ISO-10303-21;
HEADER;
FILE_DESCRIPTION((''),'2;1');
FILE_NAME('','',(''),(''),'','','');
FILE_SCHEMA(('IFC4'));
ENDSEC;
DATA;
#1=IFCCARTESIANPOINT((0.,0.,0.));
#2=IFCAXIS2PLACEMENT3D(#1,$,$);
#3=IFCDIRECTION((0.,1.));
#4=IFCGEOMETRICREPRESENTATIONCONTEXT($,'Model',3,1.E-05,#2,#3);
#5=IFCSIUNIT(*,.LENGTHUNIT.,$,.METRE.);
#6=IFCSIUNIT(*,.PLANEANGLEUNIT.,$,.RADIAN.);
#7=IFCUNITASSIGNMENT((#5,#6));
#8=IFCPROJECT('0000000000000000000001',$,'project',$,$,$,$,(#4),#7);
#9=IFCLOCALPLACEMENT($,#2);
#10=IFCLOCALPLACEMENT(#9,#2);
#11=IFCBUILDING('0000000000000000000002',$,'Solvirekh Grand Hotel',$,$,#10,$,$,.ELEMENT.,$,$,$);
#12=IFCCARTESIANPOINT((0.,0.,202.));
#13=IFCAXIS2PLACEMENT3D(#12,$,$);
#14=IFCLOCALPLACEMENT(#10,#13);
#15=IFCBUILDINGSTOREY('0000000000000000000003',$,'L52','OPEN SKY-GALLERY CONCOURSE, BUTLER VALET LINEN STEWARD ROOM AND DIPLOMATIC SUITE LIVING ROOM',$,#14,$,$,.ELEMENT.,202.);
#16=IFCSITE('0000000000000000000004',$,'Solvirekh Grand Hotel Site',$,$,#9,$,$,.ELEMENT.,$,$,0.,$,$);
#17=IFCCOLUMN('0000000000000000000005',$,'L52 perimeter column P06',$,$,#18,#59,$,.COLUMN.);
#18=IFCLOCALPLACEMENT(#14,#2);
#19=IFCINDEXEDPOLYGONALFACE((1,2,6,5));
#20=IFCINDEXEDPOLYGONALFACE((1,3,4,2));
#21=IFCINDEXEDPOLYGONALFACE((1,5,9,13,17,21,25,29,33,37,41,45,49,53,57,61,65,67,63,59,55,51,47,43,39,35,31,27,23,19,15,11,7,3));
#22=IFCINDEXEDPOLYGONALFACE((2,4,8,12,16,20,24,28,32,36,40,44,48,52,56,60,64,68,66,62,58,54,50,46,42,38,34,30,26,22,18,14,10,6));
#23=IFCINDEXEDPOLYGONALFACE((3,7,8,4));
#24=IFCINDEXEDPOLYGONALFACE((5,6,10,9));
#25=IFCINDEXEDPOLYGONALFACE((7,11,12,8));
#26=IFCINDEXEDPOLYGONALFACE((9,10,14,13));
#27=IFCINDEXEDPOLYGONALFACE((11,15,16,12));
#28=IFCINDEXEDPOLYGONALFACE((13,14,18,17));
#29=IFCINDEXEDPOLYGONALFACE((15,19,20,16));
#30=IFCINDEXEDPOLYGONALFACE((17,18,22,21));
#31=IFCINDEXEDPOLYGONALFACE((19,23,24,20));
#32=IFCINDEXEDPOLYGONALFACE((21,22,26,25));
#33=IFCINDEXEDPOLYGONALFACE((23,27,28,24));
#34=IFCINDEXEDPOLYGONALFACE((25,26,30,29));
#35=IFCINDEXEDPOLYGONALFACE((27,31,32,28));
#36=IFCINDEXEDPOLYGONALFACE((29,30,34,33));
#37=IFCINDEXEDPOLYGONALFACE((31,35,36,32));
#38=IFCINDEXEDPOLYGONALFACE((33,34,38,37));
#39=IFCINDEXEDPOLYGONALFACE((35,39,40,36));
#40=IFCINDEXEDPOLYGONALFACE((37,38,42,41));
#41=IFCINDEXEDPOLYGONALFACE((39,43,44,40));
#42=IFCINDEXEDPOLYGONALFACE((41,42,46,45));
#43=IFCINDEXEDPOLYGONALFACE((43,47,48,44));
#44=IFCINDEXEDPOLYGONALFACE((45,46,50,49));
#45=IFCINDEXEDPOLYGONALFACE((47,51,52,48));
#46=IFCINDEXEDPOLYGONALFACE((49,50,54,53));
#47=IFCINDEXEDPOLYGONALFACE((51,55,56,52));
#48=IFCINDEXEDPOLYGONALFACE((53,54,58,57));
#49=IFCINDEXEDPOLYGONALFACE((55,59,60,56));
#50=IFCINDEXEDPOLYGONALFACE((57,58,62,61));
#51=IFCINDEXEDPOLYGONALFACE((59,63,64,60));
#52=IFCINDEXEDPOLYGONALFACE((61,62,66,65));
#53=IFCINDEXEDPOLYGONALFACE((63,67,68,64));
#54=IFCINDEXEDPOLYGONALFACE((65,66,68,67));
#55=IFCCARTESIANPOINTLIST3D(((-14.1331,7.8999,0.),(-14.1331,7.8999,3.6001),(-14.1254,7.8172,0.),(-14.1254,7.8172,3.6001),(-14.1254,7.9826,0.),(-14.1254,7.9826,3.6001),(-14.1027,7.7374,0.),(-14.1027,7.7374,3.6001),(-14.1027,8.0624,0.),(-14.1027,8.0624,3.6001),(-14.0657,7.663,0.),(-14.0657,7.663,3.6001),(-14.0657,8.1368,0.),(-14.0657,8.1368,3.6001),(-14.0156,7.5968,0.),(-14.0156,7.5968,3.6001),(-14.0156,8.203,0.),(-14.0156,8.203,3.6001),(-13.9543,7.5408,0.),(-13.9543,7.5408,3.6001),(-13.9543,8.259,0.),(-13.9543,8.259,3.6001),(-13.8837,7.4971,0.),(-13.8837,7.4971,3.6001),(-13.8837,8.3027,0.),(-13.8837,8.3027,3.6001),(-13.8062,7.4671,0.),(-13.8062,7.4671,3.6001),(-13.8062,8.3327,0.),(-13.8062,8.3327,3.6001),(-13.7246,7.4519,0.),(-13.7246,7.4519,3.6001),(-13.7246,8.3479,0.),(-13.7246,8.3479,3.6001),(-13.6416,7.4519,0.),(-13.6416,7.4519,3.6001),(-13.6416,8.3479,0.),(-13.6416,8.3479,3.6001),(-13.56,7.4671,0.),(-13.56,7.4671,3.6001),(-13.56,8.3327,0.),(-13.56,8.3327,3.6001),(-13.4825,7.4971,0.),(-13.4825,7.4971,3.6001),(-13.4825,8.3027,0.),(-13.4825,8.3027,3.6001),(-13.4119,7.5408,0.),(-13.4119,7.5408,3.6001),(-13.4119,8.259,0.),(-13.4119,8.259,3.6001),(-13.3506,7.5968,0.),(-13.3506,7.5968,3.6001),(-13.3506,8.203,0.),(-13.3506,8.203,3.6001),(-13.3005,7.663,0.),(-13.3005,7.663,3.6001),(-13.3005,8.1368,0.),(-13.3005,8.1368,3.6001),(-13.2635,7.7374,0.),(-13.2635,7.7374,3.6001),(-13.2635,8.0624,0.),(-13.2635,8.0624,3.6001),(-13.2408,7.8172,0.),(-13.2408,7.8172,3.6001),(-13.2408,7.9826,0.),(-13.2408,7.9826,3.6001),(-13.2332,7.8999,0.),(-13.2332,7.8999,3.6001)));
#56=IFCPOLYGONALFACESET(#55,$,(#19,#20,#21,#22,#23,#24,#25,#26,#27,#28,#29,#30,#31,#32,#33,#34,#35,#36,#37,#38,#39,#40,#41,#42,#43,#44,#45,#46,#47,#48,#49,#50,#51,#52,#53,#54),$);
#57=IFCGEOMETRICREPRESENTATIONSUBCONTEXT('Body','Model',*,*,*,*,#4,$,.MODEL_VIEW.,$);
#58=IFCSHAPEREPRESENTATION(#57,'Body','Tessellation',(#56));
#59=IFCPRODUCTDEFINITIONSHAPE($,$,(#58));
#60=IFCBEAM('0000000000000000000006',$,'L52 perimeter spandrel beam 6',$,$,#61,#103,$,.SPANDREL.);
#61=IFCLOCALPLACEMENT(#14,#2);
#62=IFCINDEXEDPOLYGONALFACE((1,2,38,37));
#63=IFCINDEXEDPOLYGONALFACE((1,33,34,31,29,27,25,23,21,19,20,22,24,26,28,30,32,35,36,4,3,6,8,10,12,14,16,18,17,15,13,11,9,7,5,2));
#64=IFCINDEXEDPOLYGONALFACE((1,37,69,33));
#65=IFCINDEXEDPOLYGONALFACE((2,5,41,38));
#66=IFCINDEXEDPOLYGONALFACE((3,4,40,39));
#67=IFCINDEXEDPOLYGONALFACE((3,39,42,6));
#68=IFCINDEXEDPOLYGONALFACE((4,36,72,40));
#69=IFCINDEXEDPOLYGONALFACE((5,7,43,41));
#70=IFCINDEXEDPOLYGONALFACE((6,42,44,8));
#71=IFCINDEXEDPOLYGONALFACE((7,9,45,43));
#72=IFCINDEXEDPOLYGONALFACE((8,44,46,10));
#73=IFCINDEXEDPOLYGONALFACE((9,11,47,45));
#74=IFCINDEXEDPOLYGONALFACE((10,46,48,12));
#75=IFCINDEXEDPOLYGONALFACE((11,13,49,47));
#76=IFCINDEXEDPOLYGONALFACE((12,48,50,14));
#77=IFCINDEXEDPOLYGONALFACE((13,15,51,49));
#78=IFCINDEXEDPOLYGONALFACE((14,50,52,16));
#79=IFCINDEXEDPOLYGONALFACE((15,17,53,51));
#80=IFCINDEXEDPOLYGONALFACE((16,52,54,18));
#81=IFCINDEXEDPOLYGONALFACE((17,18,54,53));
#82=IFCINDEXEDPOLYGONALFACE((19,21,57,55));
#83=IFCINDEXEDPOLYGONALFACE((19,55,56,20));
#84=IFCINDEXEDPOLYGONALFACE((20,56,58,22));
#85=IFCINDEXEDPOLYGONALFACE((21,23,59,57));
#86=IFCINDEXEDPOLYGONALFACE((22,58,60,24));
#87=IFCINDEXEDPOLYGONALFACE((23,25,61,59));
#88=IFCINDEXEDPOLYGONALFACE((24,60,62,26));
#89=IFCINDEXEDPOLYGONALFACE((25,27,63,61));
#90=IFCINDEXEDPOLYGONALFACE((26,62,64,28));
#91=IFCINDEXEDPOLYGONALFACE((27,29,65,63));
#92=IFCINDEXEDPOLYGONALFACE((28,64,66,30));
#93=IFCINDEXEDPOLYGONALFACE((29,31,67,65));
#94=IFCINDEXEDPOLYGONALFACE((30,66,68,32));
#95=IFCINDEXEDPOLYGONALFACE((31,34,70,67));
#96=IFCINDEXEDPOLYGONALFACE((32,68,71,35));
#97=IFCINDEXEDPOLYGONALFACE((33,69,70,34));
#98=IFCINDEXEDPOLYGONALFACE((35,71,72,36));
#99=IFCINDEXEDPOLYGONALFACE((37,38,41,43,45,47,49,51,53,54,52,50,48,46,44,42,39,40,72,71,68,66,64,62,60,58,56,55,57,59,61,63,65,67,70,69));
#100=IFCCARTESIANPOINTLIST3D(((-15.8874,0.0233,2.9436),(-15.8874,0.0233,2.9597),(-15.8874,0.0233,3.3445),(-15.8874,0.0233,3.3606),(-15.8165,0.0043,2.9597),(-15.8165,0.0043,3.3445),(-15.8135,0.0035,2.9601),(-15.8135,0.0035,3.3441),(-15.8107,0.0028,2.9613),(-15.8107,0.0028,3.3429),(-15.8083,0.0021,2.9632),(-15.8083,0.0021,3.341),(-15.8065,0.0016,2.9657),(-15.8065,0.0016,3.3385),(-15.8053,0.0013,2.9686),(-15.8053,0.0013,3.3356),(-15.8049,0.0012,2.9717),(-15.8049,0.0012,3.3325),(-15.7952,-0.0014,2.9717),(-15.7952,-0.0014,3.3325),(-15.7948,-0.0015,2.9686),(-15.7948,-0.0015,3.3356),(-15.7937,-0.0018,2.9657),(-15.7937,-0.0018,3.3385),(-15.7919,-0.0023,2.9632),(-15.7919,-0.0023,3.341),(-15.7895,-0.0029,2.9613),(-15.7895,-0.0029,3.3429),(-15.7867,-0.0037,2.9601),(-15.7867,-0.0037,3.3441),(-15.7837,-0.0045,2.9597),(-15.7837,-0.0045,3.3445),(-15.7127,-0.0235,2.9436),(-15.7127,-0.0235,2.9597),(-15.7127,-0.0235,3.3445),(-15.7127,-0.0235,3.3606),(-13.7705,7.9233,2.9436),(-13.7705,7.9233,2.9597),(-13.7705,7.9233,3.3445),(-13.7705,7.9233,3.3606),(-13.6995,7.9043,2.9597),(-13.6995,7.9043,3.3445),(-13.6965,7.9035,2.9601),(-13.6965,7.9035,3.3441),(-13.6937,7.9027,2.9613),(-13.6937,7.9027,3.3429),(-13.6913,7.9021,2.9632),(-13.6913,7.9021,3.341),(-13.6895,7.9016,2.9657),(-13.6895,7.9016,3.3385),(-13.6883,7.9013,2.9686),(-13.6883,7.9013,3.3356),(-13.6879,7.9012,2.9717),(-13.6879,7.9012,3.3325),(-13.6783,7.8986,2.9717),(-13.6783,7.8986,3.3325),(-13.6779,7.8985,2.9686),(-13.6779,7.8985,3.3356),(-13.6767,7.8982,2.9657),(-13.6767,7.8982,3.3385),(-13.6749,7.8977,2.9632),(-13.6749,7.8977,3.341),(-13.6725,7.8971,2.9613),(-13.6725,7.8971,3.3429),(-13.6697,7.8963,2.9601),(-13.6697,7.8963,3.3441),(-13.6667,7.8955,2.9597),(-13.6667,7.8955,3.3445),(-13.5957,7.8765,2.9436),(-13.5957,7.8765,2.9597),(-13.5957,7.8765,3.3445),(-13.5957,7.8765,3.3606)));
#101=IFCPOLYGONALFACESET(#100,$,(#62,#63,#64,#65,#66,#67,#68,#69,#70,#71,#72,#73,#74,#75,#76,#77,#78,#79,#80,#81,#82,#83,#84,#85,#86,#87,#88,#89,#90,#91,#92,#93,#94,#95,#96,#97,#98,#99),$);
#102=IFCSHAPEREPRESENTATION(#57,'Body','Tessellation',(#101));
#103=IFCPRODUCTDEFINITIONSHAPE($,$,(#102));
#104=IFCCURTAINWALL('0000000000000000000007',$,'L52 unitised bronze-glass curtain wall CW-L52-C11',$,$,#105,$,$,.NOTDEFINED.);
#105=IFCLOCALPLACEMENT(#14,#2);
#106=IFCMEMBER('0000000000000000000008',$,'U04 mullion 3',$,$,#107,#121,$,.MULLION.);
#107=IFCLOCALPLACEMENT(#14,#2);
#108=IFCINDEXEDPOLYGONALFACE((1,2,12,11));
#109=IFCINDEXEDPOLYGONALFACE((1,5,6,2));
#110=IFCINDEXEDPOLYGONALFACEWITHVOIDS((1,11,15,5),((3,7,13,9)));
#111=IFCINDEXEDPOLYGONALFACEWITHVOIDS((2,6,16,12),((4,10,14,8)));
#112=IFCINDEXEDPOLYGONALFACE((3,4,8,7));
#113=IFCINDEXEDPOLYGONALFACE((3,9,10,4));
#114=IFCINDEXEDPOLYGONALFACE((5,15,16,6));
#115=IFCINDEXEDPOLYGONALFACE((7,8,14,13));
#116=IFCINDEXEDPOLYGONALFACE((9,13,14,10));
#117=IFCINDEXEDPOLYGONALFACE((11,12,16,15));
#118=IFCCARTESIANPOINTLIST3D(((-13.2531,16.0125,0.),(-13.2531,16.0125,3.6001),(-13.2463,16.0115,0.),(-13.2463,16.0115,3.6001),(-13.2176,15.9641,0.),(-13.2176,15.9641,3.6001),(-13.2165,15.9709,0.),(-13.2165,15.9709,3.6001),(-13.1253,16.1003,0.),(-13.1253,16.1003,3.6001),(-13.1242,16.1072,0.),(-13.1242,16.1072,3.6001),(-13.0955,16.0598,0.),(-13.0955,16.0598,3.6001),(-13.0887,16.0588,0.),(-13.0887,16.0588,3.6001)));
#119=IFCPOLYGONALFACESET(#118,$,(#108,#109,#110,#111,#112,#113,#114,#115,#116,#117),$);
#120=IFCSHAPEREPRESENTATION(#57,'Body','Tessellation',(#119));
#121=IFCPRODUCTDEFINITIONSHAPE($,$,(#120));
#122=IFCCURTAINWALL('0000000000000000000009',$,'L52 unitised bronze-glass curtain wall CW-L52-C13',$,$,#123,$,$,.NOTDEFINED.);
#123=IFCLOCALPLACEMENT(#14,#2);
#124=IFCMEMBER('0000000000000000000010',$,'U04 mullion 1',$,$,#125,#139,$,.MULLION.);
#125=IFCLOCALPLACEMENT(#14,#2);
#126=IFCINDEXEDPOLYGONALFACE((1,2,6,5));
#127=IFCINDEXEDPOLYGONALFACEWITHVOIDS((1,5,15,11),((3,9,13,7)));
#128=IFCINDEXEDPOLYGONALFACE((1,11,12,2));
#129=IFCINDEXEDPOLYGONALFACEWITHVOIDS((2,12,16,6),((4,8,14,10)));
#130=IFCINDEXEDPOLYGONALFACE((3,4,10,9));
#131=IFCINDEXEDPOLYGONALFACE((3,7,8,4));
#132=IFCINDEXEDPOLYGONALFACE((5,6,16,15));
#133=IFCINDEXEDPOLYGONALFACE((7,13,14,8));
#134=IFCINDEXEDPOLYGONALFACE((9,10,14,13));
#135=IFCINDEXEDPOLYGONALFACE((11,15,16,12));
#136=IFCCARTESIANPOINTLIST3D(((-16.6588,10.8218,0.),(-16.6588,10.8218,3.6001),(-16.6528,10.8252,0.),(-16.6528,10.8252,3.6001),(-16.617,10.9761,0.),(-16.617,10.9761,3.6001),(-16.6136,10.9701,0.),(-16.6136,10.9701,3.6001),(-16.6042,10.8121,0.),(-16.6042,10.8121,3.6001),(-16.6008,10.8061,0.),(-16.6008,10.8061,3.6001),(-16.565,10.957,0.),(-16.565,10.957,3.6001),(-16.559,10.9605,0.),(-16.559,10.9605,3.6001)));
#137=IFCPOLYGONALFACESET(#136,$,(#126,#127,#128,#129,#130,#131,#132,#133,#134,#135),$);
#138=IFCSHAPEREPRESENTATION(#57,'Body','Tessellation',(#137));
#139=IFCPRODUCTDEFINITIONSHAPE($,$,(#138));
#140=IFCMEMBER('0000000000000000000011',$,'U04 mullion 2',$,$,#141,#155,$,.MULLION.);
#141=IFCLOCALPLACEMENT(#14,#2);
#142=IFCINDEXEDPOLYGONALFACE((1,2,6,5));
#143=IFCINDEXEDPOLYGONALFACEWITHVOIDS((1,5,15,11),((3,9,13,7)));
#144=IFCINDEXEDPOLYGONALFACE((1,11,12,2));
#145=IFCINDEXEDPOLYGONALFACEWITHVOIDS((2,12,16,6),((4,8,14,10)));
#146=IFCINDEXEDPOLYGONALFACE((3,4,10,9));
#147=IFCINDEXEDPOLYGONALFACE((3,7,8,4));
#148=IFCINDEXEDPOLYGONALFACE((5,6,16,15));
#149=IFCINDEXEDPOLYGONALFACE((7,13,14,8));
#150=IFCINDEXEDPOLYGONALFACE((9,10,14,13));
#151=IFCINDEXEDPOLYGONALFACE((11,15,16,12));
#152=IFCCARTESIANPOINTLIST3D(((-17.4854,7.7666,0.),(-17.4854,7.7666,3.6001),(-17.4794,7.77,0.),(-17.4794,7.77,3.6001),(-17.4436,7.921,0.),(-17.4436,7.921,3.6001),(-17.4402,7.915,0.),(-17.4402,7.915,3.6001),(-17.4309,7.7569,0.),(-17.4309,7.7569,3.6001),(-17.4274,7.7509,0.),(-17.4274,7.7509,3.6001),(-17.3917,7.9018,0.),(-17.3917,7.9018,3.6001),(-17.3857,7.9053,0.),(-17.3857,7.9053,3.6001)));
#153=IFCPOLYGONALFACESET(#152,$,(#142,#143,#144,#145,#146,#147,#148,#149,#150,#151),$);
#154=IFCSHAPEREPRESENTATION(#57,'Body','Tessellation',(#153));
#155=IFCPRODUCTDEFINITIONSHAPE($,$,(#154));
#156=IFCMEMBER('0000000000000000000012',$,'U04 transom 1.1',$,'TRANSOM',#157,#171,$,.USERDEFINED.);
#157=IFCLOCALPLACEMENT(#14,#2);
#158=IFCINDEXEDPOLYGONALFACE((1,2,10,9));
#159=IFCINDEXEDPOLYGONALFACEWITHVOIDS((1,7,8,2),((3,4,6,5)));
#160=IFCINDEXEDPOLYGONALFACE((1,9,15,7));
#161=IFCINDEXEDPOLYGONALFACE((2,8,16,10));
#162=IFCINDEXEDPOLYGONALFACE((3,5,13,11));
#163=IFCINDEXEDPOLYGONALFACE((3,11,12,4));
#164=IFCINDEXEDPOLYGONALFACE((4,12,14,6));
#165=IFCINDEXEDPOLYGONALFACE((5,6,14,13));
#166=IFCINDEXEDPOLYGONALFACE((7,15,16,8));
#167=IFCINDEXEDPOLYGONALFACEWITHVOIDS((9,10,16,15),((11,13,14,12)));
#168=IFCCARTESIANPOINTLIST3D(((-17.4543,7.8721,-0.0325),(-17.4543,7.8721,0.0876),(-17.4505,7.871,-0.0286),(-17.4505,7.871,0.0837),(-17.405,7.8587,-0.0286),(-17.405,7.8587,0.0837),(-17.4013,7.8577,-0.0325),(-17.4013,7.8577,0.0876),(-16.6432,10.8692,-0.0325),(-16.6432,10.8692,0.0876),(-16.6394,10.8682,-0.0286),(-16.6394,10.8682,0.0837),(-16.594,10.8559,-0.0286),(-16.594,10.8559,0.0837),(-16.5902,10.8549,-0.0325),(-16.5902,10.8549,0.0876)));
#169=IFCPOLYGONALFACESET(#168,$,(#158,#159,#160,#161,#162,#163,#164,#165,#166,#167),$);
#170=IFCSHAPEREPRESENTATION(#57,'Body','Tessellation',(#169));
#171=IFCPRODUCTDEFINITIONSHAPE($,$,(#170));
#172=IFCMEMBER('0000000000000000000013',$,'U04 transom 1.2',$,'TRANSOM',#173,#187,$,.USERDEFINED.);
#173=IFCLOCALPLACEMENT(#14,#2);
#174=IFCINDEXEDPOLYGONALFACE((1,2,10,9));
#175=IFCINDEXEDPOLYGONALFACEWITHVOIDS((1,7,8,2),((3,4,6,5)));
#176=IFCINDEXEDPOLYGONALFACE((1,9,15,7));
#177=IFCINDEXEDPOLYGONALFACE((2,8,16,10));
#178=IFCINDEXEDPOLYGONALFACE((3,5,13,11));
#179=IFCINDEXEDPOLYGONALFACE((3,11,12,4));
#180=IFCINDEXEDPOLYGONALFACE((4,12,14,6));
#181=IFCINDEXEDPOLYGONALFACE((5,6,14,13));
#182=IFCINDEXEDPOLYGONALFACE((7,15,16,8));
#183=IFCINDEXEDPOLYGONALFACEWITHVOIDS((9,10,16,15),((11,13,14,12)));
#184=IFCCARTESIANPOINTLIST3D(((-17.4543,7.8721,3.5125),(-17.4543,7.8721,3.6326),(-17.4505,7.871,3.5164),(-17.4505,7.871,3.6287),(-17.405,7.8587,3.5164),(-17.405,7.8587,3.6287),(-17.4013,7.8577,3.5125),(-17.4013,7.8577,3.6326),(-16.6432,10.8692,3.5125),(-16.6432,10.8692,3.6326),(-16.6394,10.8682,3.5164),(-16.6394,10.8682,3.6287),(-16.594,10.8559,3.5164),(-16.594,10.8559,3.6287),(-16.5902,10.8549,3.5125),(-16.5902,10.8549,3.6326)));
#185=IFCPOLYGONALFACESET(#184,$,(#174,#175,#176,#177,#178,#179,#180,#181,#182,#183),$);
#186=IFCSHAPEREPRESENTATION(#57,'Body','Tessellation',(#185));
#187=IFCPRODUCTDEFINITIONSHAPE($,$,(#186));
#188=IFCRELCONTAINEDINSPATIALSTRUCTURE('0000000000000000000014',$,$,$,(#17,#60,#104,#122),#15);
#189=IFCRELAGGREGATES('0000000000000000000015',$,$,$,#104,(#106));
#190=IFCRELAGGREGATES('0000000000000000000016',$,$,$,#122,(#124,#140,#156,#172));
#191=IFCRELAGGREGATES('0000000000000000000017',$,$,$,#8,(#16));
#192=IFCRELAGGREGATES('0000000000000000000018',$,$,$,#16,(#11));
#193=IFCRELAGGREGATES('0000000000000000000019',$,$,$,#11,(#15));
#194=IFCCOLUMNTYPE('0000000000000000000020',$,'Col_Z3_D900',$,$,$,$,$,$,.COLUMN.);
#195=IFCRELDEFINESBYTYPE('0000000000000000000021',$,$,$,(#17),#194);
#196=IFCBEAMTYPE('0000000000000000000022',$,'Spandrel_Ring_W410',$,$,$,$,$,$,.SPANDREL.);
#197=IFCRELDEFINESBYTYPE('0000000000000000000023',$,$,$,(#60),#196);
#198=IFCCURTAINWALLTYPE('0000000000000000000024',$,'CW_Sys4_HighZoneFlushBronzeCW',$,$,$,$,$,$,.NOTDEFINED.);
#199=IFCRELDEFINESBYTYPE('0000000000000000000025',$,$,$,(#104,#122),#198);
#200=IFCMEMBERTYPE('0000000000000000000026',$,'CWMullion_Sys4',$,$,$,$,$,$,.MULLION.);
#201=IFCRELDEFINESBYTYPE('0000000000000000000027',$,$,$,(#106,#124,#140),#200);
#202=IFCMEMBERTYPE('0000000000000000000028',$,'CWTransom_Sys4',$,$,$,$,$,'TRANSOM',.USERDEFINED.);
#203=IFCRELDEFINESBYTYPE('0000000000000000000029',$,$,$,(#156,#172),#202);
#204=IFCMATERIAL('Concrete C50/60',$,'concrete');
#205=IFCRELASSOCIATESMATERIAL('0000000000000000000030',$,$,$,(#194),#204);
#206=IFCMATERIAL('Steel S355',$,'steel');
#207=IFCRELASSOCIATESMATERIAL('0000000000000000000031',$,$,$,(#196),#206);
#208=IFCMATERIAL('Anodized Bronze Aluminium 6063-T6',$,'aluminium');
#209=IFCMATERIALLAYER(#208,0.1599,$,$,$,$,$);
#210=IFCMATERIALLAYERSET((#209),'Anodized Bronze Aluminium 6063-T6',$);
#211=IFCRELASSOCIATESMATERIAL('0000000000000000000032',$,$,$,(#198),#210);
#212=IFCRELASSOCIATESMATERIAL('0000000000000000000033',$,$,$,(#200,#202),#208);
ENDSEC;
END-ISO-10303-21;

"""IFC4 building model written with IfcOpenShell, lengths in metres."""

from ifc_helpers import new_model, si_unit, direction, frame, origin, origin_2d, place, context, subcontext, project, spatial, hollow_rectangle, circle, i_section, extrude, source, transform, mapped, material, layer, layer_set, material_profile, profile_set, type_object, element, aggregate, save


model = new_model("IFC4")

# Units and contexts
model_context = context("Model", 3, precision=1e-05, world=origin(), true_north=direction((0.0, 1.0)))
body_context = subcontext(model_context, "Body", "Model", "MODEL_VIEW")
ifc_project = project(units=[si_unit("LENGTHUNIT", "METRE"), si_unit("PLANEANGLEUNIT", "RADIAN")], contexts=[model_context])

# Site, building, storey
site_placement = place(None, origin())
site = spatial("IfcSite", under=ifc_project, at=site_placement, Name="Solvirekh Grand Hotel Site", CompositionType="ELEMENT", RefElevation=0.0)
building_placement = place(site_placement, origin())
building = spatial("IfcBuilding", under=site, at=building_placement, Name="Solvirekh Grand Hotel", CompositionType="ELEMENT")
storey_placement = place(building_placement, frame((0.0, 0.0, 202.0)))
storey = spatial("IfcBuildingStorey", under=building, at=storey_placement, Name="L52", Description="OPEN SKY-GALLERY CONCOURSE, BUTLER VALET LINEN STEWARD ROOM AND DIPLOMATIC SUITE LIVING ROOM", CompositionType="ELEMENT", Elevation=202.0)

# Column
ifc_material_1 = material(Name="Concrete C50/60", Category="concrete")
ifc_material_profile_1 = material_profile(ifc_material_1, circle(Radius=0.45, at=origin_2d()), Name="RC CIRC D900")
ifc_profile_set_1 = profile_set([ifc_material_profile_1], Name="Concrete C50/60")
column_type = type_object("IfcColumnType", Name="Col_Z3_D900", PredefinedType="COLUMN", material=ifc_profile_set_1)
column_placement = place(storey_placement, frame((-13.6831, 7.8999, 0.0), z_axis=(0.0, 0.0, 1.0), x_axis=(1.0, 0.0, 0.0)))
element("IfcColumn", 1, at=column_placement, inside=storey, type_object=column_type, Name="L52 perimeter column P06", PredefinedType="COLUMN", context=body_context, shape_type="SweptSolid", body=[
    extrude(circle(Radius=0.45, at=origin_2d()), origin(), (0.0, 0.0, 1.0), 3.6001),
])

# Beam
ifc_material_2 = material(Name="Steel S355", Category="steel")
ifc_material_profile_2 = material_profile(ifc_material_2, i_section(OverallWidth=0.1809, OverallDepth=0.417, WebThickness=0.01, FlangeThickness=0.0161, FilletRadius=0.012, at=origin_2d()), Name="W410X85")
ifc_profile_set_2 = profile_set([ifc_material_profile_2], Name="Steel S355")
beam_type = type_object("IfcBeamType", Name="Spandrel_Ring_W410", PredefinedType="SPANDREL", material=ifc_profile_set_2)
beam_placement = place(storey_placement, frame((-13.6831, 7.8999, 3.1521), z_axis=(-0.258839, -0.965921, 0.0), x_axis=(0.965921, -0.258839, 0.0)))
element("IfcBeam", 2, at=beam_placement, inside=storey, type_object=beam_type, Name="L52 perimeter spandrel beam 6", PredefinedType="SPANDREL", context=body_context, shape_type="SweptSolid", body=[
    extrude(i_section(OverallWidth=0.1809, OverallDepth=0.417, WebThickness=0.01, FlangeThickness=0.0161, FilletRadius=0.012, at=origin_2d()), origin(), (0.0, 0.0, 1.0), 8.1787),
])

# Curtain wall, member
ifc_material_3 = material(Name="Anodized Bronze Aluminium 6063-T6", Category="aluminium")
ifc_layer_1 = layer(ifc_material_3, 0.1599)
ifc_layer_set_1 = layer_set([ifc_layer_1], Name="Anodized Bronze Aluminium 6063-T6")
curtain_wall_type = type_object("IfcCurtainWallType", Name="CW_Sys4_HighZoneFlushBronzeCW", PredefinedType="NOTDEFINED", material=ifc_layer_set_1)
curtain_wall_1_placement = place(storey_placement, origin())
curtain_wall_1 = element("IfcCurtainWall", 3, at=curtain_wall_1_placement, inside=storey, type_object=curtain_wall_type, Name="L52 unitised bronze-glass curtain wall CW-L52-C11", PredefinedType="NOTDEFINED")
ifc_material_profile_3 = material_profile(ifc_material_3, hollow_rectangle(XDim=0.0601, YDim=0.1599, WallThickness=0.0049, at=origin_2d()), Name="ALU RHS 160X60X5")
ifc_profile_set_3 = profile_set([ifc_material_profile_3], Name="Anodized Bronze Aluminium 6063-T6")
member_type_1 = type_object("IfcMemberType", Name="CWMullion_Sys4", PredefinedType="MULLION", material=ifc_profile_set_3)
shared_shape_1 = source(origin(), body_context, "Body", "SweptSolid", [
    extrude(hollow_rectangle(XDim=0.0601, YDim=0.1599, WallThickness=0.0049, at=origin_2d()), origin(), (0.0, 0.0, 1.0), 3.6001),
])
member_1_placement = place(storey_placement, frame((-13.1709, 16.0356, 0.0), z_axis=(0.0, 0.0, 1.0), x_axis=(0.591763, -0.806112, 0.0)))
member_1 = element("IfcMember", 4, at=member_1_placement, type_object=member_type_1, Name="U04 mullion 3", PredefinedType="MULLION", context=body_context, shape_type="MappedRepresentation", body=[
    mapped(shared_shape_1, transform((0.0, 0.0, 0.0), x_axis=(1.0, 0.0, 0.0), y_axis=(0.0, 1.0, 0.0), z_axis=(0.0, 0.0, 1.0), scale=1.0)),
])
aggregate(curtain_wall_1, [member_1])

# Curtain wall, members
curtain_wall_2_placement = place(storey_placement, origin())
curtain_wall_2 = element("IfcCurtainWall", 5, at=curtain_wall_2_placement, inside=storey, type_object=curtain_wall_type, Name="L52 unitised bronze-glass curtain wall CW-L52-C13", PredefinedType="NOTDEFINED")
member_2_placement = place(storey_placement, frame((-16.6089, 10.8911, 0.0), z_axis=(0.0, 0.0, 1.0), x_axis=(0.965286, -0.261197, 0.0)))
member_2 = element("IfcMember", 6, at=member_2_placement, type_object=member_type_1, Name="U04 mullion 1", PredefinedType="MULLION", context=body_context, shape_type="MappedRepresentation", body=[
    mapped(shared_shape_1, transform((0.0, 0.0, 0.0), x_axis=(1.0, 0.0, 0.0), y_axis=(0.0, 1.0, 0.0), z_axis=(0.0, 0.0, 1.0), scale=1.0)),
])
member_3_placement = place(storey_placement, frame((-17.4355, 7.8359, 0.0), z_axis=(0.0, 0.0, 1.0), x_axis=(0.965286, -0.261197, 0.0)))
member_3 = element("IfcMember", 7, at=member_3_placement, type_object=member_type_1, Name="U04 mullion 2", PredefinedType="MULLION", context=body_context, shape_type="MappedRepresentation", body=[
    mapped(shared_shape_1, transform((0.0, 0.0, 0.0), x_axis=(1.0, 0.0, 0.0), y_axis=(0.0, 1.0, 0.0), z_axis=(0.0, 0.0, 1.0), scale=1.0)),
])
ifc_material_profile_4 = material_profile(ifc_material_3, hollow_rectangle(XDim=0.0549, YDim=0.1201, WallThickness=0.0039, at=origin_2d()), Name="ALU RHS 120X55X4")
ifc_profile_set_4 = profile_set([ifc_material_profile_4], Name="Anodized Bronze Aluminium 6063-T6")
member_type_2 = type_object("IfcMemberType", Name="CWTransom_Sys4", ElementType="TRANSOM", PredefinedType="USERDEFINED", material=ifc_profile_set_4)
shared_shape_2 = source(origin(), body_context, "Body", "SweptSolid", [
    extrude(hollow_rectangle(XDim=0.0549, YDim=0.1201, WallThickness=0.0039, at=origin_2d()), origin(), (0.0, 0.0, 1.0), 3.105),
])
member_4_placement = place(storey_placement, frame((-16.6167, 10.8621, 0.0276), z_axis=(-0.261214, -0.965281, 0.0), x_axis=(0.965281, -0.261214, 0.0)))
member_4 = element("IfcMember", 8, at=member_4_placement, type_object=member_type_2, Name="U04 transom 1.1", ObjectType="TRANSOM", PredefinedType="USERDEFINED", context=body_context, shape_type="MappedRepresentation", body=[
    mapped(shared_shape_2, transform((0.0, 0.0, 0.0), x_axis=(1.0, 0.0, 0.0), y_axis=(0.0, 1.0, 0.0), z_axis=(0.0, 0.0, 1.0), scale=1.0)),
])
member_5_placement = place(storey_placement, frame((-16.6167, 10.8621, 3.5725), z_axis=(-0.261214, -0.965281, 0.0), x_axis=(0.965281, -0.261214, 0.0)))
member_5 = element("IfcMember", 9, at=member_5_placement, type_object=member_type_2, Name="U04 transom 1.2", ObjectType="TRANSOM", PredefinedType="USERDEFINED", context=body_context, shape_type="MappedRepresentation", body=[
    mapped(shared_shape_2, transform((0.0, 0.0, 0.0), x_axis=(1.0, 0.0, 0.0), y_axis=(0.0, 1.0, 0.0), z_axis=(0.0, 0.0, 1.0), scale=1.0)),
])
aggregate(curtain_wall_2, [member_2, member_3, member_4, member_5])

save(model, "model.ifc")
